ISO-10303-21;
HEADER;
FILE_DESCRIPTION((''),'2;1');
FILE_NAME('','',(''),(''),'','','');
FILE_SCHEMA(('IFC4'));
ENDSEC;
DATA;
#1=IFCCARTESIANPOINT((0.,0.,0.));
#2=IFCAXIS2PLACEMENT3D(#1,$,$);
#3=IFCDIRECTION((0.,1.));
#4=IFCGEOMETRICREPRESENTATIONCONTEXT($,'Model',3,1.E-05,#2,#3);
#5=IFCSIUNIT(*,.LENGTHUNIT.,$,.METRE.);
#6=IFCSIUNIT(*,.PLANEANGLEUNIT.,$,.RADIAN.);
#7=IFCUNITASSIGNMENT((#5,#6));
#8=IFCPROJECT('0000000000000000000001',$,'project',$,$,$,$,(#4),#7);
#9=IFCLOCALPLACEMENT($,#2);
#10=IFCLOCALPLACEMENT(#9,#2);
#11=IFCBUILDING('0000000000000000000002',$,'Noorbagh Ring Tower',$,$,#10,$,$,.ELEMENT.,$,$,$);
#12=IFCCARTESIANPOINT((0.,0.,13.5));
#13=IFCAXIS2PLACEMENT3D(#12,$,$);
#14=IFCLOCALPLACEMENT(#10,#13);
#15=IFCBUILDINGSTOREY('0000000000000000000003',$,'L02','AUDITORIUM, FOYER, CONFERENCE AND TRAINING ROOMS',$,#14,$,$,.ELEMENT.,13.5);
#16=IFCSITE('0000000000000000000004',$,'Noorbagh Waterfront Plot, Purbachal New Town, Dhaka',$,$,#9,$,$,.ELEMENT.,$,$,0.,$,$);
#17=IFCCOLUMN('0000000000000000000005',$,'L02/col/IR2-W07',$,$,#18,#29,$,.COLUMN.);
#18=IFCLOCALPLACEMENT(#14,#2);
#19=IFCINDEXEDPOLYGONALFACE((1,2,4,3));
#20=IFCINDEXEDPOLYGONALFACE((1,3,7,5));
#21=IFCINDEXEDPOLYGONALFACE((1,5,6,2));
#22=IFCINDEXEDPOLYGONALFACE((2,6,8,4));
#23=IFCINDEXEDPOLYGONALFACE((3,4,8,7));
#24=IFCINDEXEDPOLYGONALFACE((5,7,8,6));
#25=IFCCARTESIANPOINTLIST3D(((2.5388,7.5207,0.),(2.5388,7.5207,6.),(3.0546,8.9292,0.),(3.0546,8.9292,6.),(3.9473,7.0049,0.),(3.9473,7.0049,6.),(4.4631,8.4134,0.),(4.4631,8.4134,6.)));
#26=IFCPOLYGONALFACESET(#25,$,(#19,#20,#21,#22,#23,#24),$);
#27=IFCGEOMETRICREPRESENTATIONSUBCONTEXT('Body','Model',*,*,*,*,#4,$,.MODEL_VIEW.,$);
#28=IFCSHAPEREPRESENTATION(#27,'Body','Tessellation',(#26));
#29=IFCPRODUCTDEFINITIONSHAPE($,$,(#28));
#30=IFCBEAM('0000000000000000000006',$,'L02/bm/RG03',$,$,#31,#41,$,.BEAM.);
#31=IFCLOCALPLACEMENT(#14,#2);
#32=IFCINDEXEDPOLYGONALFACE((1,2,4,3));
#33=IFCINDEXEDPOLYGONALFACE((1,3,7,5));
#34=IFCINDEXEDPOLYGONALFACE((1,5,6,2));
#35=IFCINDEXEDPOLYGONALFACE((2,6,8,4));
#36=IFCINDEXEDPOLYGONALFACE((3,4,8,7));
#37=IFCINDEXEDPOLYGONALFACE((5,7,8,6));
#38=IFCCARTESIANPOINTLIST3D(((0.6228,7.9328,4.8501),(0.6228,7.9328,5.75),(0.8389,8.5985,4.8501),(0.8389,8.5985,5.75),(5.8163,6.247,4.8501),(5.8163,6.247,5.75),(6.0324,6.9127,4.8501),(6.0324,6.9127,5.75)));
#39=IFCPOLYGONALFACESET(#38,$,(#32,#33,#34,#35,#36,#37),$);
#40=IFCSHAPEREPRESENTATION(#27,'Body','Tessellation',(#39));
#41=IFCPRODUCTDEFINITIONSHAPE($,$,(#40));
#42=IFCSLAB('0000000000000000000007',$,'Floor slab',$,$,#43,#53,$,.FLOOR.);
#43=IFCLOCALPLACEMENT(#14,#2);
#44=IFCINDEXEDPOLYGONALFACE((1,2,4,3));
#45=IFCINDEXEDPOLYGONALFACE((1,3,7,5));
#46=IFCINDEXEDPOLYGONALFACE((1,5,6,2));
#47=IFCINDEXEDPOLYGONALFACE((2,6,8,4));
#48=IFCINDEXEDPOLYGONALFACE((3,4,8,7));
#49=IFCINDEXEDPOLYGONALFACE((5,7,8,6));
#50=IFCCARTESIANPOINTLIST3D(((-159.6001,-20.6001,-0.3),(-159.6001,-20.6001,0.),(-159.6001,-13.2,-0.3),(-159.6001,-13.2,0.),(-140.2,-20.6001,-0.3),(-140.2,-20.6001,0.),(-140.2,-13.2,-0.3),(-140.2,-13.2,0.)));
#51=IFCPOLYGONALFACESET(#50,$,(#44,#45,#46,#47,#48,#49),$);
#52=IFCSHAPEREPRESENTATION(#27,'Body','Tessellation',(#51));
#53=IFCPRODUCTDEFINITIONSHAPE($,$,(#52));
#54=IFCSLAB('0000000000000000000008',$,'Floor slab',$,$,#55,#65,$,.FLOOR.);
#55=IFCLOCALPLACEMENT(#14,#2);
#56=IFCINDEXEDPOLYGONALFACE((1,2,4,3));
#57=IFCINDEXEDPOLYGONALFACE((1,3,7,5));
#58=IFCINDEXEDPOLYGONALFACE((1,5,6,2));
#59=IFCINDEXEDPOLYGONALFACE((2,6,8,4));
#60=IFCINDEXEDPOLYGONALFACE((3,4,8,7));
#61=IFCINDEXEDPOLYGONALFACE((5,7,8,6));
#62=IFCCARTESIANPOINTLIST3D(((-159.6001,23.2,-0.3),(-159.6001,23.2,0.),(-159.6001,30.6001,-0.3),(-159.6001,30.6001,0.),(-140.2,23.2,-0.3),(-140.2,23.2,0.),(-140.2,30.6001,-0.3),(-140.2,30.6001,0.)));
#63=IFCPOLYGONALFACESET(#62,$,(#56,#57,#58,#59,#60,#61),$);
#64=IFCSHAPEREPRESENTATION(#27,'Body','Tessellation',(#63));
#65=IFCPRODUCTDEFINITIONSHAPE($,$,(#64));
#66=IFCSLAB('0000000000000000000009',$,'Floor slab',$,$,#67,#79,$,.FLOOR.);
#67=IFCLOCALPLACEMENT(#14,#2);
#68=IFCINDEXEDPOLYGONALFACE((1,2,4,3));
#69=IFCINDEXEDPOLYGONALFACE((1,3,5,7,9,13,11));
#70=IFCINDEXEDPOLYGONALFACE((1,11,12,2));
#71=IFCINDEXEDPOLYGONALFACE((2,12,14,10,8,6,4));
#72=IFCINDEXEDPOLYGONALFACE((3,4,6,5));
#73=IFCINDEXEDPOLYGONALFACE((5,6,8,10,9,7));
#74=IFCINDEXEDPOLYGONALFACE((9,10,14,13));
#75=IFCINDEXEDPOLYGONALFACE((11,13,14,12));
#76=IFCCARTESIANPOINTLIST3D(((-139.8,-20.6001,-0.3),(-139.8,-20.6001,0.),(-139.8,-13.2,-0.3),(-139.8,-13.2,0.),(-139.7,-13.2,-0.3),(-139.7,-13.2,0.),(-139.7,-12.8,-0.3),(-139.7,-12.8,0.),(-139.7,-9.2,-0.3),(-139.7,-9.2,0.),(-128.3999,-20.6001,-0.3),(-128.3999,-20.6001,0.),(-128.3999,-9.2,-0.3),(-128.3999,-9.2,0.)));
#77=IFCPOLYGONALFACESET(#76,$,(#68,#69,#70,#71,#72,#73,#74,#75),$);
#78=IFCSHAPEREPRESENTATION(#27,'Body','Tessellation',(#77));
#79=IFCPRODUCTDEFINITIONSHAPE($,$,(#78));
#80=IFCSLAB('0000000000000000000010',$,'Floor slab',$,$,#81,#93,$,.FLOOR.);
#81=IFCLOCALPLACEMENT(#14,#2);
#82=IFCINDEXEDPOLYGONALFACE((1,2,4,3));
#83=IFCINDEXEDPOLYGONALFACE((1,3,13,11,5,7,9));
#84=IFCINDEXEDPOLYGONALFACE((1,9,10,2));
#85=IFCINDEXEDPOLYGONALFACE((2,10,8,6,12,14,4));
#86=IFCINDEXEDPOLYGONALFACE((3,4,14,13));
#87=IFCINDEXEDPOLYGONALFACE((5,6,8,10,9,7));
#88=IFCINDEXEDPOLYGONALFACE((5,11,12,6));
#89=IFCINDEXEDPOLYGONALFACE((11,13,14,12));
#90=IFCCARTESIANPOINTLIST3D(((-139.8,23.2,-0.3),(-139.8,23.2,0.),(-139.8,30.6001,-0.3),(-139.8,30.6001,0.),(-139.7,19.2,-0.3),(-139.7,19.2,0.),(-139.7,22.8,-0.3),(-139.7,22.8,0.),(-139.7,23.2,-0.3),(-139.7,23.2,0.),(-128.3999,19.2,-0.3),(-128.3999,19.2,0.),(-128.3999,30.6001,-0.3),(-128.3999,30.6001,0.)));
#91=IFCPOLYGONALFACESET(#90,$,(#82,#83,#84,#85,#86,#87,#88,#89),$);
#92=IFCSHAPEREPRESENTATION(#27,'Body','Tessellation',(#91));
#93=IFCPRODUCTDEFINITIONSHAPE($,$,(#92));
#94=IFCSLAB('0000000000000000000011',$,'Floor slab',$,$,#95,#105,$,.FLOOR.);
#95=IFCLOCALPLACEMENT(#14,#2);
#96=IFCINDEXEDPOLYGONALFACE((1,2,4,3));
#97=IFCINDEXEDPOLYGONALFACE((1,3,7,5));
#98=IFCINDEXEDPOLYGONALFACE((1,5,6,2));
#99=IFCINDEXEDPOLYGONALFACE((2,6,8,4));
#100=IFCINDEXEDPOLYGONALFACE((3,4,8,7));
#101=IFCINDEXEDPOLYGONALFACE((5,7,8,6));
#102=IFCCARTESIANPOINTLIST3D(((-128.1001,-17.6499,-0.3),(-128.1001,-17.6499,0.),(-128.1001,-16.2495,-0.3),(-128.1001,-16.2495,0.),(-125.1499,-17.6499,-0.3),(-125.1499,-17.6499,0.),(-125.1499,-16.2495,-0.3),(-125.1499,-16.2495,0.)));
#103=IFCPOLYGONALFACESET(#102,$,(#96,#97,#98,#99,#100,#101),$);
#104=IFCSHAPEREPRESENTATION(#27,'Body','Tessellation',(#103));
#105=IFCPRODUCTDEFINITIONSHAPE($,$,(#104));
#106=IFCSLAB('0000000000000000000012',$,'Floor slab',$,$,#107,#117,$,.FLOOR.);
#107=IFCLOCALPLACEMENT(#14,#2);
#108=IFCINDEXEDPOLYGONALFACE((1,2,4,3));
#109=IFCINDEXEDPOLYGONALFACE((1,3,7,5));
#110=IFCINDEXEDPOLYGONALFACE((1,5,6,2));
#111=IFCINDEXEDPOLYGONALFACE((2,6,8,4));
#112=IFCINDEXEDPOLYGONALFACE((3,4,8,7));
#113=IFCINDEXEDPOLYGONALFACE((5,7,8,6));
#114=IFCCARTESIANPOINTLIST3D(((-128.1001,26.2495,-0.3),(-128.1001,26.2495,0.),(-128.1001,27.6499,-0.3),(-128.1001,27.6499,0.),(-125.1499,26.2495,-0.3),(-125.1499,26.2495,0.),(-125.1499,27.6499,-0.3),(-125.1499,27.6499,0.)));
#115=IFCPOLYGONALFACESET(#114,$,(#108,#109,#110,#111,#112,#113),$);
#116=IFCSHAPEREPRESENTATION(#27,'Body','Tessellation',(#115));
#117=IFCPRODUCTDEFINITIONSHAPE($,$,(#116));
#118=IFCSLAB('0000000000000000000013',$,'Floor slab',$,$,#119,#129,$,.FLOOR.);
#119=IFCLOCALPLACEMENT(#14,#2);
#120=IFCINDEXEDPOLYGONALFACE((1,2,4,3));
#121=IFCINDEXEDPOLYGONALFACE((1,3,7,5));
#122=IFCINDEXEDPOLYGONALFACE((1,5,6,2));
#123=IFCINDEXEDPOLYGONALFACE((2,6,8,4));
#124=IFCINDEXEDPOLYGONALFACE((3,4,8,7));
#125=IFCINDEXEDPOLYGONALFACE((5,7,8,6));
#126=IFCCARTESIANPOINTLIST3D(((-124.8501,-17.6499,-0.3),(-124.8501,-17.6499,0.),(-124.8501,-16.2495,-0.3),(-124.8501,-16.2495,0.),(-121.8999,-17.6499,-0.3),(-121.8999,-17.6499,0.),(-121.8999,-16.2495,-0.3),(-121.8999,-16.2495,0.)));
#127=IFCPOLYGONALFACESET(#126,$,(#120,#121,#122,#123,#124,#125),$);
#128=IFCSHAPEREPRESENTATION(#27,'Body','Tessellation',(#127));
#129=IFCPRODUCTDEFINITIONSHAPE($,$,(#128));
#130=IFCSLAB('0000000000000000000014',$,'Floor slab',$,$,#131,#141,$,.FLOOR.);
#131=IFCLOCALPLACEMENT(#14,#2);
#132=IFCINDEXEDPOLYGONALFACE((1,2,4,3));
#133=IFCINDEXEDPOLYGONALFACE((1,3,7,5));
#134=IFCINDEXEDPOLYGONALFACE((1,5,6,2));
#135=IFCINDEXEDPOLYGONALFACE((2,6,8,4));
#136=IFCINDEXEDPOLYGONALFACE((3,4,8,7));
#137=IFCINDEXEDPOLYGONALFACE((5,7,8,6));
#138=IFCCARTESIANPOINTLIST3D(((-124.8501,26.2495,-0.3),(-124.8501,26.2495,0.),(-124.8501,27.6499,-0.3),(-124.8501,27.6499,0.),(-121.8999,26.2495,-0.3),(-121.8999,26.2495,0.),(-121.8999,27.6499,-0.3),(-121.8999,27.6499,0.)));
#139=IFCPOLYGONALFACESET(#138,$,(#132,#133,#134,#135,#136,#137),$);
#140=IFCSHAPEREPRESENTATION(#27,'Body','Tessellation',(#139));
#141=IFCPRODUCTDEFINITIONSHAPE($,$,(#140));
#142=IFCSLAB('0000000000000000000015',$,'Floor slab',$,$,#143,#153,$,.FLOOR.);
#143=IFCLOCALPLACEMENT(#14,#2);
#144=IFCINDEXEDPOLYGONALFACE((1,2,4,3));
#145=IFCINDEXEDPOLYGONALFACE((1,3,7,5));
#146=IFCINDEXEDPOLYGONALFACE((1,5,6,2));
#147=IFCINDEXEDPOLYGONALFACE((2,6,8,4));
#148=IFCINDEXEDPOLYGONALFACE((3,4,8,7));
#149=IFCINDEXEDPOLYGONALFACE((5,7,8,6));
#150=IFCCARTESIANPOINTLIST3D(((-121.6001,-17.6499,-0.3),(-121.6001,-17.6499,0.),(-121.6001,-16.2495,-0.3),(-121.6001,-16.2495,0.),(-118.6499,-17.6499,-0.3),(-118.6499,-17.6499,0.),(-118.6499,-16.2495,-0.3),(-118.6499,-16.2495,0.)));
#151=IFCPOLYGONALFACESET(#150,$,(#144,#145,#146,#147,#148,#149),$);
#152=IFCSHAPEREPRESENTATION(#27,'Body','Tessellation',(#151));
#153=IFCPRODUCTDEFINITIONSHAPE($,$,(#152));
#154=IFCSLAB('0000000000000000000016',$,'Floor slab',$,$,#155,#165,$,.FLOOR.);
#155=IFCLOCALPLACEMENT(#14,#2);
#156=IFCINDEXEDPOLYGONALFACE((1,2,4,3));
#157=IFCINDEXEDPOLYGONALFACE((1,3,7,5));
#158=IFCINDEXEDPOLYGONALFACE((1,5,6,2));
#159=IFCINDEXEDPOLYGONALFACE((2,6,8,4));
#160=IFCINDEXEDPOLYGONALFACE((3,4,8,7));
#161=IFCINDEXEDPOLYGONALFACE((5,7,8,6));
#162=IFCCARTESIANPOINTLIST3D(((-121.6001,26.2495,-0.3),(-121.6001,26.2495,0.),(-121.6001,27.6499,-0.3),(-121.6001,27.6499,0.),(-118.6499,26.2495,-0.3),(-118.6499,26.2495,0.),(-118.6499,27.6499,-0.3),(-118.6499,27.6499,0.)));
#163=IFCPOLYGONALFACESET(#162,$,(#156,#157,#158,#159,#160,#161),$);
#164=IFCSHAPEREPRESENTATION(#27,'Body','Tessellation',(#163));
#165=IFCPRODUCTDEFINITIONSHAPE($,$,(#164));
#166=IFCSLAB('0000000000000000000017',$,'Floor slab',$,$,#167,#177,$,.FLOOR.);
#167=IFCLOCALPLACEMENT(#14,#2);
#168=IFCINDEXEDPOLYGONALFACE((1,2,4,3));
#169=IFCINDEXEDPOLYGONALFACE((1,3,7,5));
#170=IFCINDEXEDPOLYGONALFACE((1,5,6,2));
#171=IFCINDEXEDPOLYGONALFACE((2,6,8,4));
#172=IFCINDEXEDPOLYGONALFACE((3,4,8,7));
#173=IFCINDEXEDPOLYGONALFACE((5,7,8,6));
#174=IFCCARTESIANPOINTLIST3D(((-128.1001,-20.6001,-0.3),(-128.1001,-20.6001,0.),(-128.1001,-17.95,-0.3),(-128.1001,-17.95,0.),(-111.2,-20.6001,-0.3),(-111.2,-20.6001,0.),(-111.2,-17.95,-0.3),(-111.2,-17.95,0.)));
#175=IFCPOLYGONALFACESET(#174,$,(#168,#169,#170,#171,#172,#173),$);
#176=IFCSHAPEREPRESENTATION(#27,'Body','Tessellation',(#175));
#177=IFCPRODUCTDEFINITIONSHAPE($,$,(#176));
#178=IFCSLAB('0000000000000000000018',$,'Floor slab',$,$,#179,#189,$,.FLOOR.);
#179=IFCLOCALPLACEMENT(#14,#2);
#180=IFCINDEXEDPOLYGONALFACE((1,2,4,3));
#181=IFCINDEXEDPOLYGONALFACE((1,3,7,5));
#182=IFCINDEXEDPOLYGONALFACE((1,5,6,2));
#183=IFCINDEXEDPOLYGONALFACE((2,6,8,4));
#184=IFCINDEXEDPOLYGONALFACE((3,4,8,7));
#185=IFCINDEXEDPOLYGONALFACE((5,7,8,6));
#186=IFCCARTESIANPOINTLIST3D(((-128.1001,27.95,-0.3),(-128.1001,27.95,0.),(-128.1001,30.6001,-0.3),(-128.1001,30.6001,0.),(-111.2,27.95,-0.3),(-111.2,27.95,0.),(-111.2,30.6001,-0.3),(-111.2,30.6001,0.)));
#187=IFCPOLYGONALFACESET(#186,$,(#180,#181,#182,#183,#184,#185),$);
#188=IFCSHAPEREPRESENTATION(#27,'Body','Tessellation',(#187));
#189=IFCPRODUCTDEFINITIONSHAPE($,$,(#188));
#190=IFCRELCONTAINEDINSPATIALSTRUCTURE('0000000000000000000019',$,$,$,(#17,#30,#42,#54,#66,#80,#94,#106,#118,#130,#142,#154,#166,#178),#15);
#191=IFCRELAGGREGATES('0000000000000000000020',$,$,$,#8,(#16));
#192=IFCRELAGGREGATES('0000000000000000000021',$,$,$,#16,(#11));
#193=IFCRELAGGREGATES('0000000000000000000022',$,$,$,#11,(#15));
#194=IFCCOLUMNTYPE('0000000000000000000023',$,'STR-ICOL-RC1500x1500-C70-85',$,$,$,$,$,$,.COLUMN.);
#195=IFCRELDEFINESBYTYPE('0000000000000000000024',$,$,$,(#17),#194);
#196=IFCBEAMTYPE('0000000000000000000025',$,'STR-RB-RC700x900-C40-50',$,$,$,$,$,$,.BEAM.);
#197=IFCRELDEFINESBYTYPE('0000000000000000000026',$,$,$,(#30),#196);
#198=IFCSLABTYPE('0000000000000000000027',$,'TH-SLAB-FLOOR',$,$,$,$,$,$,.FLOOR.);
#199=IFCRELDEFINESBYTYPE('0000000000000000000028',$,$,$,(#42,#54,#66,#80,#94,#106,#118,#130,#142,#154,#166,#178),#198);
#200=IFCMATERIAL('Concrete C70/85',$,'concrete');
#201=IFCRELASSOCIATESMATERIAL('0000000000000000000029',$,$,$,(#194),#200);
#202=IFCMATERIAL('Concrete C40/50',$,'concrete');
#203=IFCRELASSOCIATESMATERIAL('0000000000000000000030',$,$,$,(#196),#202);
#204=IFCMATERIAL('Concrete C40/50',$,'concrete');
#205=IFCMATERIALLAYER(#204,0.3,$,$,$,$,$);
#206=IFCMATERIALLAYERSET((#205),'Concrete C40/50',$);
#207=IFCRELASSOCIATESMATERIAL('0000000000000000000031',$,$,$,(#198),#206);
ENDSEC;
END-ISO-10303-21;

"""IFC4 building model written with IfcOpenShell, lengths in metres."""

from ifc_helpers import new_model, si_unit, direction, frame, origin, origin_2d, place, context, subcontext, project, spatial, polyline, rectangle, outline, extrude, material, layer, layer_set, material_profile, profile_set, type_object, element, save


model = new_model("IFC4")

# Units and contexts
model_context = context("Model", 3, precision=1e-05, world=origin(), true_north=direction((0.0, 1.0)))
body_context = subcontext(model_context, "Body", "Model", "MODEL_VIEW")
ifc_project = project(units=[si_unit("LENGTHUNIT", "METRE"), si_unit("PLANEANGLEUNIT", "RADIAN")], contexts=[model_context])

# Site, building, storey
site_placement = place(None, origin())
site = spatial("IfcSite", under=ifc_project, at=site_placement, Name="Noorbagh Waterfront Plot, Purbachal New Town, Dhaka", CompositionType="ELEMENT", RefElevation=0.0)
building_placement = place(site_placement, origin())
building = spatial("IfcBuilding", under=site, at=building_placement, Name="Noorbagh Ring Tower", CompositionType="ELEMENT")
storey_placement = place(building_placement, frame((0.0, 0.0, 13.5)))
storey = spatial("IfcBuildingStorey", under=building, at=storey_placement, Name="L02", Description="AUDITORIUM, FOYER, CONFERENCE AND TRAINING ROOMS", CompositionType="ELEMENT", Elevation=13.5)

# Column
ifc_material_1 = material(Name="Concrete C70/85", Category="concrete")
ifc_material_profile_1 = material_profile(ifc_material_1, rectangle(XDim=1.5, YDim=1.5, at=origin_2d()), Name="RC1500x1500")
ifc_profile_set_1 = profile_set([ifc_material_profile_1], Name="Concrete C70/85")
column_type = type_object("IfcColumnType", Name="STR-ICOL-RC1500x1500-C70-85", PredefinedType="COLUMN", material=ifc_profile_set_1)
column_placement = place(storey_placement, frame((3.501, 7.967, 0.0), z_axis=(0.0, 0.0, 1.0), x_axis=(-0.93902, 0.343864, 0.0)))
element("IfcColumn", 1, at=column_placement, inside=storey, type_object=column_type, Name="L02/col/IR2-W07", PredefinedType="COLUMN", context=body_context, shape_type="SweptSolid", body=[
    extrude(rectangle(XDim=1.5, YDim=1.5, at=origin_2d()), origin(), (0.0, 0.0, 1.0), 6.0),
])

# Beam
ifc_material_2 = material(Name="Concrete C40/50", Category="concrete")
ifc_material_profile_2 = material_profile(ifc_material_2, rectangle(XDim=0.7, YDim=0.8999, at=origin_2d()), Name="RC700x900")
ifc_profile_set_2 = profile_set([ifc_material_profile_2], Name="Concrete C40/50")
beam_type = type_object("IfcBeamType", Name="STR-RB-RC700x900-C40-50", PredefinedType="BEAM", material=ifc_profile_set_2)
beam_placement = place(storey_placement, frame((5.9243, 6.5798, 5.3), z_axis=(-0.951144, 0.308746, 0.0), x_axis=(-0.308746, -0.951144, 0.0)))
element("IfcBeam", 2, at=beam_placement, inside=storey, type_object=beam_type, Name="L02/bm/RG03", PredefinedType="BEAM", context=body_context, shape_type="SweptSolid", body=[
    extrude(rectangle(XDim=0.7, YDim=0.8999, at=origin_2d()), origin(), (0.0, 0.0, 1.0), 5.4602),
])

# Slabs
ifc_material_3 = material(Name="Concrete C40/50", Category="concrete")
ifc_layer_1 = layer(ifc_material_3, 0.3)
ifc_layer_set_1 = layer_set([ifc_layer_1], Name="Concrete C40/50")
slab_type_1 = type_object("IfcSlabType", Name="TH-SLAB-FLOOR", PredefinedType="FLOOR", material=ifc_layer_set_1)
slab_1_placement = place(storey_placement, frame((0.0, 0.0, -0.3)))
element("IfcSlab", 3, at=slab_1_placement, inside=storey, type_object=slab_type_1, Name="Floor slab", PredefinedType="FLOOR", context=body_context, shape_type="SweptSolid", body=[
    extrude(outline(polyline([(-140.2, -20.6001), (-140.2, -13.2), (-159.6001, -13.2), (-159.6001, -20.6001), (-140.2, -20.6001)])), origin(), (0.0, 0.0, 1.0), 0.3),
])
slab_2_placement = place(storey_placement, frame((0.0, 0.0, -0.3)))
element("IfcSlab", 4, at=slab_2_placement, inside=storey, type_object=slab_type_1, Name="Floor slab", PredefinedType="FLOOR", context=body_context, shape_type="SweptSolid", body=[
    extrude(outline(polyline([(-159.6001, 30.6001), (-159.6001, 23.2), (-140.2, 23.2), (-140.2, 30.6001), (-159.6001, 30.6001)])), origin(), (0.0, 0.0, 1.0), 0.3),
])
slab_3_placement = place(storey_placement, frame((0.0, 0.0, -0.3)))
element("IfcSlab", 5, at=slab_3_placement, inside=storey, type_object=slab_type_1, Name="Floor slab", PredefinedType="FLOOR", context=body_context, shape_type="SweptSolid", body=[
    extrude(outline(polyline([(-128.3999, -20.6001), (-128.3999, -9.2), (-139.7, -9.2), (-139.7, -12.8), (-139.7, -13.2), (-139.8, -13.2), (-139.8, -20.6001), (-128.3999, -20.6001)])), origin(), (0.0, 0.0, 1.0), 0.3),
])
slab_4_placement = place(storey_placement, frame((0.0, 0.0, -0.3)))
element("IfcSlab", 6, at=slab_4_placement, inside=storey, type_object=slab_type_1, Name="Floor slab", PredefinedType="FLOOR", context=body_context, shape_type="SweptSolid", body=[
    extrude(outline(polyline([(-139.7, 19.2), (-128.3999, 19.2), (-128.3999, 30.6001), (-139.8, 30.6001), (-139.8, 23.2), (-139.7, 23.2), (-139.7, 22.8), (-139.7, 19.2)])), origin(), (0.0, 0.0, 1.0), 0.3),
])
slab_5_placement = place(storey_placement, frame((0.0, 0.0, -0.3)))
element("IfcSlab", 7, at=slab_5_placement, inside=storey, type_object=slab_type_1, Name="Floor slab", PredefinedType="FLOOR", context=body_context, shape_type="SweptSolid", body=[
    extrude(outline(polyline([(-125.1499, -17.6499), (-125.1499, -16.2495), (-128.1001, -16.2495), (-128.1001, -17.6499), (-125.1499, -17.6499)])), origin(), (0.0, 0.0, 1.0), 0.3),
])
slab_6_placement = place(storey_placement, frame((0.0, 0.0, -0.3)))
element("IfcSlab", 8, at=slab_6_placement, inside=storey, type_object=slab_type_1, Name="Floor slab", PredefinedType="FLOOR", context=body_context, shape_type="SweptSolid", body=[
    extrude(outline(polyline([(-125.1499, 27.6499), (-128.1001, 27.6499), (-128.1001, 26.2495), (-125.1499, 26.2495), (-125.1499, 27.6499)])), origin(), (0.0, 0.0, 1.0), 0.3),
])
slab_7_placement = place(storey_placement, frame((0.0, 0.0, -0.3)))
element("IfcSlab", 9, at=slab_7_placement, inside=storey, type_object=slab_type_1, Name="Floor slab", PredefinedType="FLOOR", context=body_context, shape_type="SweptSolid", body=[
    extrude(outline(polyline([(-121.8999, -17.6499), (-121.8999, -16.2495), (-124.8501, -16.2495), (-124.8501, -17.6499), (-121.8999, -17.6499)])), origin(), (0.0, 0.0, 1.0), 0.3),
])
slab_8_placement = place(storey_placement, frame((0.0, 0.0, -0.3)))
element("IfcSlab", 10, at=slab_8_placement, inside=storey, type_object=slab_type_1, Name="Floor slab", PredefinedType="FLOOR", context=body_context, shape_type="SweptSolid", body=[
    extrude(outline(polyline([(-121.8999, 27.6499), (-124.8501, 27.6499), (-124.8501, 26.2495), (-121.8999, 26.2495), (-121.8999, 27.6499)])), origin(), (0.0, 0.0, 1.0), 0.3),
])
slab_9_placement = place(storey_placement, frame((0.0, 0.0, -0.3)))
element("IfcSlab", 11, at=slab_9_placement, inside=storey, type_object=slab_type_1, Name="Floor slab", PredefinedType="FLOOR", context=body_context, shape_type="SweptSolid", body=[
    extrude(outline(polyline([(-118.6499, -16.2495), (-121.6001, -16.2495), (-121.6001, -17.6499), (-118.6499, -17.6499), (-118.6499, -16.2495)])), origin(), (0.0, 0.0, 1.0), 0.3),
])
slab_10_placement = place(storey_placement, frame((0.0, 0.0, -0.3)))
element("IfcSlab", 12, at=slab_10_placement, inside=storey, type_object=slab_type_1, Name="Floor slab", PredefinedType="FLOOR", context=body_context, shape_type="SweptSolid", body=[
    extrude(outline(polyline([(-121.6001, 27.6499), (-121.6001, 26.2495), (-118.6499, 26.2495), (-118.6499, 27.6499), (-121.6001, 27.6499)])), origin(), (0.0, 0.0, 1.0), 0.3),
])
slab_11_placement = place(storey_placement, frame((0.0, 0.0, -0.3)))
element("IfcSlab", 13, at=slab_11_placement, inside=storey, type_object=slab_type_1, Name="Floor slab", PredefinedType="FLOOR", context=body_context, shape_type="SweptSolid", body=[
    extrude(outline(polyline([(-111.2, -20.6001), (-111.2, -17.95), (-128.1001, -17.95), (-128.1001, -20.6001), (-111.2, -20.6001)])), origin(), (0.0, 0.0, 1.0), 0.3),
])
slab_12_placement = place(storey_placement, frame((0.0, 0.0, -0.3)))
element("IfcSlab", 14, at=slab_12_placement, inside=storey, type_object=slab_type_1, Name="Floor slab", PredefinedType="FLOOR", context=body_context, shape_type="SweptSolid", body=[
    extrude(outline(polyline([(-111.2, 27.95), (-111.2, 30.6001), (-128.1001, 30.6001), (-128.1001, 27.95), (-111.2, 27.95)])), origin(), (0.0, 0.0, 1.0), 0.3),
])

save(model, "model.ifc")
